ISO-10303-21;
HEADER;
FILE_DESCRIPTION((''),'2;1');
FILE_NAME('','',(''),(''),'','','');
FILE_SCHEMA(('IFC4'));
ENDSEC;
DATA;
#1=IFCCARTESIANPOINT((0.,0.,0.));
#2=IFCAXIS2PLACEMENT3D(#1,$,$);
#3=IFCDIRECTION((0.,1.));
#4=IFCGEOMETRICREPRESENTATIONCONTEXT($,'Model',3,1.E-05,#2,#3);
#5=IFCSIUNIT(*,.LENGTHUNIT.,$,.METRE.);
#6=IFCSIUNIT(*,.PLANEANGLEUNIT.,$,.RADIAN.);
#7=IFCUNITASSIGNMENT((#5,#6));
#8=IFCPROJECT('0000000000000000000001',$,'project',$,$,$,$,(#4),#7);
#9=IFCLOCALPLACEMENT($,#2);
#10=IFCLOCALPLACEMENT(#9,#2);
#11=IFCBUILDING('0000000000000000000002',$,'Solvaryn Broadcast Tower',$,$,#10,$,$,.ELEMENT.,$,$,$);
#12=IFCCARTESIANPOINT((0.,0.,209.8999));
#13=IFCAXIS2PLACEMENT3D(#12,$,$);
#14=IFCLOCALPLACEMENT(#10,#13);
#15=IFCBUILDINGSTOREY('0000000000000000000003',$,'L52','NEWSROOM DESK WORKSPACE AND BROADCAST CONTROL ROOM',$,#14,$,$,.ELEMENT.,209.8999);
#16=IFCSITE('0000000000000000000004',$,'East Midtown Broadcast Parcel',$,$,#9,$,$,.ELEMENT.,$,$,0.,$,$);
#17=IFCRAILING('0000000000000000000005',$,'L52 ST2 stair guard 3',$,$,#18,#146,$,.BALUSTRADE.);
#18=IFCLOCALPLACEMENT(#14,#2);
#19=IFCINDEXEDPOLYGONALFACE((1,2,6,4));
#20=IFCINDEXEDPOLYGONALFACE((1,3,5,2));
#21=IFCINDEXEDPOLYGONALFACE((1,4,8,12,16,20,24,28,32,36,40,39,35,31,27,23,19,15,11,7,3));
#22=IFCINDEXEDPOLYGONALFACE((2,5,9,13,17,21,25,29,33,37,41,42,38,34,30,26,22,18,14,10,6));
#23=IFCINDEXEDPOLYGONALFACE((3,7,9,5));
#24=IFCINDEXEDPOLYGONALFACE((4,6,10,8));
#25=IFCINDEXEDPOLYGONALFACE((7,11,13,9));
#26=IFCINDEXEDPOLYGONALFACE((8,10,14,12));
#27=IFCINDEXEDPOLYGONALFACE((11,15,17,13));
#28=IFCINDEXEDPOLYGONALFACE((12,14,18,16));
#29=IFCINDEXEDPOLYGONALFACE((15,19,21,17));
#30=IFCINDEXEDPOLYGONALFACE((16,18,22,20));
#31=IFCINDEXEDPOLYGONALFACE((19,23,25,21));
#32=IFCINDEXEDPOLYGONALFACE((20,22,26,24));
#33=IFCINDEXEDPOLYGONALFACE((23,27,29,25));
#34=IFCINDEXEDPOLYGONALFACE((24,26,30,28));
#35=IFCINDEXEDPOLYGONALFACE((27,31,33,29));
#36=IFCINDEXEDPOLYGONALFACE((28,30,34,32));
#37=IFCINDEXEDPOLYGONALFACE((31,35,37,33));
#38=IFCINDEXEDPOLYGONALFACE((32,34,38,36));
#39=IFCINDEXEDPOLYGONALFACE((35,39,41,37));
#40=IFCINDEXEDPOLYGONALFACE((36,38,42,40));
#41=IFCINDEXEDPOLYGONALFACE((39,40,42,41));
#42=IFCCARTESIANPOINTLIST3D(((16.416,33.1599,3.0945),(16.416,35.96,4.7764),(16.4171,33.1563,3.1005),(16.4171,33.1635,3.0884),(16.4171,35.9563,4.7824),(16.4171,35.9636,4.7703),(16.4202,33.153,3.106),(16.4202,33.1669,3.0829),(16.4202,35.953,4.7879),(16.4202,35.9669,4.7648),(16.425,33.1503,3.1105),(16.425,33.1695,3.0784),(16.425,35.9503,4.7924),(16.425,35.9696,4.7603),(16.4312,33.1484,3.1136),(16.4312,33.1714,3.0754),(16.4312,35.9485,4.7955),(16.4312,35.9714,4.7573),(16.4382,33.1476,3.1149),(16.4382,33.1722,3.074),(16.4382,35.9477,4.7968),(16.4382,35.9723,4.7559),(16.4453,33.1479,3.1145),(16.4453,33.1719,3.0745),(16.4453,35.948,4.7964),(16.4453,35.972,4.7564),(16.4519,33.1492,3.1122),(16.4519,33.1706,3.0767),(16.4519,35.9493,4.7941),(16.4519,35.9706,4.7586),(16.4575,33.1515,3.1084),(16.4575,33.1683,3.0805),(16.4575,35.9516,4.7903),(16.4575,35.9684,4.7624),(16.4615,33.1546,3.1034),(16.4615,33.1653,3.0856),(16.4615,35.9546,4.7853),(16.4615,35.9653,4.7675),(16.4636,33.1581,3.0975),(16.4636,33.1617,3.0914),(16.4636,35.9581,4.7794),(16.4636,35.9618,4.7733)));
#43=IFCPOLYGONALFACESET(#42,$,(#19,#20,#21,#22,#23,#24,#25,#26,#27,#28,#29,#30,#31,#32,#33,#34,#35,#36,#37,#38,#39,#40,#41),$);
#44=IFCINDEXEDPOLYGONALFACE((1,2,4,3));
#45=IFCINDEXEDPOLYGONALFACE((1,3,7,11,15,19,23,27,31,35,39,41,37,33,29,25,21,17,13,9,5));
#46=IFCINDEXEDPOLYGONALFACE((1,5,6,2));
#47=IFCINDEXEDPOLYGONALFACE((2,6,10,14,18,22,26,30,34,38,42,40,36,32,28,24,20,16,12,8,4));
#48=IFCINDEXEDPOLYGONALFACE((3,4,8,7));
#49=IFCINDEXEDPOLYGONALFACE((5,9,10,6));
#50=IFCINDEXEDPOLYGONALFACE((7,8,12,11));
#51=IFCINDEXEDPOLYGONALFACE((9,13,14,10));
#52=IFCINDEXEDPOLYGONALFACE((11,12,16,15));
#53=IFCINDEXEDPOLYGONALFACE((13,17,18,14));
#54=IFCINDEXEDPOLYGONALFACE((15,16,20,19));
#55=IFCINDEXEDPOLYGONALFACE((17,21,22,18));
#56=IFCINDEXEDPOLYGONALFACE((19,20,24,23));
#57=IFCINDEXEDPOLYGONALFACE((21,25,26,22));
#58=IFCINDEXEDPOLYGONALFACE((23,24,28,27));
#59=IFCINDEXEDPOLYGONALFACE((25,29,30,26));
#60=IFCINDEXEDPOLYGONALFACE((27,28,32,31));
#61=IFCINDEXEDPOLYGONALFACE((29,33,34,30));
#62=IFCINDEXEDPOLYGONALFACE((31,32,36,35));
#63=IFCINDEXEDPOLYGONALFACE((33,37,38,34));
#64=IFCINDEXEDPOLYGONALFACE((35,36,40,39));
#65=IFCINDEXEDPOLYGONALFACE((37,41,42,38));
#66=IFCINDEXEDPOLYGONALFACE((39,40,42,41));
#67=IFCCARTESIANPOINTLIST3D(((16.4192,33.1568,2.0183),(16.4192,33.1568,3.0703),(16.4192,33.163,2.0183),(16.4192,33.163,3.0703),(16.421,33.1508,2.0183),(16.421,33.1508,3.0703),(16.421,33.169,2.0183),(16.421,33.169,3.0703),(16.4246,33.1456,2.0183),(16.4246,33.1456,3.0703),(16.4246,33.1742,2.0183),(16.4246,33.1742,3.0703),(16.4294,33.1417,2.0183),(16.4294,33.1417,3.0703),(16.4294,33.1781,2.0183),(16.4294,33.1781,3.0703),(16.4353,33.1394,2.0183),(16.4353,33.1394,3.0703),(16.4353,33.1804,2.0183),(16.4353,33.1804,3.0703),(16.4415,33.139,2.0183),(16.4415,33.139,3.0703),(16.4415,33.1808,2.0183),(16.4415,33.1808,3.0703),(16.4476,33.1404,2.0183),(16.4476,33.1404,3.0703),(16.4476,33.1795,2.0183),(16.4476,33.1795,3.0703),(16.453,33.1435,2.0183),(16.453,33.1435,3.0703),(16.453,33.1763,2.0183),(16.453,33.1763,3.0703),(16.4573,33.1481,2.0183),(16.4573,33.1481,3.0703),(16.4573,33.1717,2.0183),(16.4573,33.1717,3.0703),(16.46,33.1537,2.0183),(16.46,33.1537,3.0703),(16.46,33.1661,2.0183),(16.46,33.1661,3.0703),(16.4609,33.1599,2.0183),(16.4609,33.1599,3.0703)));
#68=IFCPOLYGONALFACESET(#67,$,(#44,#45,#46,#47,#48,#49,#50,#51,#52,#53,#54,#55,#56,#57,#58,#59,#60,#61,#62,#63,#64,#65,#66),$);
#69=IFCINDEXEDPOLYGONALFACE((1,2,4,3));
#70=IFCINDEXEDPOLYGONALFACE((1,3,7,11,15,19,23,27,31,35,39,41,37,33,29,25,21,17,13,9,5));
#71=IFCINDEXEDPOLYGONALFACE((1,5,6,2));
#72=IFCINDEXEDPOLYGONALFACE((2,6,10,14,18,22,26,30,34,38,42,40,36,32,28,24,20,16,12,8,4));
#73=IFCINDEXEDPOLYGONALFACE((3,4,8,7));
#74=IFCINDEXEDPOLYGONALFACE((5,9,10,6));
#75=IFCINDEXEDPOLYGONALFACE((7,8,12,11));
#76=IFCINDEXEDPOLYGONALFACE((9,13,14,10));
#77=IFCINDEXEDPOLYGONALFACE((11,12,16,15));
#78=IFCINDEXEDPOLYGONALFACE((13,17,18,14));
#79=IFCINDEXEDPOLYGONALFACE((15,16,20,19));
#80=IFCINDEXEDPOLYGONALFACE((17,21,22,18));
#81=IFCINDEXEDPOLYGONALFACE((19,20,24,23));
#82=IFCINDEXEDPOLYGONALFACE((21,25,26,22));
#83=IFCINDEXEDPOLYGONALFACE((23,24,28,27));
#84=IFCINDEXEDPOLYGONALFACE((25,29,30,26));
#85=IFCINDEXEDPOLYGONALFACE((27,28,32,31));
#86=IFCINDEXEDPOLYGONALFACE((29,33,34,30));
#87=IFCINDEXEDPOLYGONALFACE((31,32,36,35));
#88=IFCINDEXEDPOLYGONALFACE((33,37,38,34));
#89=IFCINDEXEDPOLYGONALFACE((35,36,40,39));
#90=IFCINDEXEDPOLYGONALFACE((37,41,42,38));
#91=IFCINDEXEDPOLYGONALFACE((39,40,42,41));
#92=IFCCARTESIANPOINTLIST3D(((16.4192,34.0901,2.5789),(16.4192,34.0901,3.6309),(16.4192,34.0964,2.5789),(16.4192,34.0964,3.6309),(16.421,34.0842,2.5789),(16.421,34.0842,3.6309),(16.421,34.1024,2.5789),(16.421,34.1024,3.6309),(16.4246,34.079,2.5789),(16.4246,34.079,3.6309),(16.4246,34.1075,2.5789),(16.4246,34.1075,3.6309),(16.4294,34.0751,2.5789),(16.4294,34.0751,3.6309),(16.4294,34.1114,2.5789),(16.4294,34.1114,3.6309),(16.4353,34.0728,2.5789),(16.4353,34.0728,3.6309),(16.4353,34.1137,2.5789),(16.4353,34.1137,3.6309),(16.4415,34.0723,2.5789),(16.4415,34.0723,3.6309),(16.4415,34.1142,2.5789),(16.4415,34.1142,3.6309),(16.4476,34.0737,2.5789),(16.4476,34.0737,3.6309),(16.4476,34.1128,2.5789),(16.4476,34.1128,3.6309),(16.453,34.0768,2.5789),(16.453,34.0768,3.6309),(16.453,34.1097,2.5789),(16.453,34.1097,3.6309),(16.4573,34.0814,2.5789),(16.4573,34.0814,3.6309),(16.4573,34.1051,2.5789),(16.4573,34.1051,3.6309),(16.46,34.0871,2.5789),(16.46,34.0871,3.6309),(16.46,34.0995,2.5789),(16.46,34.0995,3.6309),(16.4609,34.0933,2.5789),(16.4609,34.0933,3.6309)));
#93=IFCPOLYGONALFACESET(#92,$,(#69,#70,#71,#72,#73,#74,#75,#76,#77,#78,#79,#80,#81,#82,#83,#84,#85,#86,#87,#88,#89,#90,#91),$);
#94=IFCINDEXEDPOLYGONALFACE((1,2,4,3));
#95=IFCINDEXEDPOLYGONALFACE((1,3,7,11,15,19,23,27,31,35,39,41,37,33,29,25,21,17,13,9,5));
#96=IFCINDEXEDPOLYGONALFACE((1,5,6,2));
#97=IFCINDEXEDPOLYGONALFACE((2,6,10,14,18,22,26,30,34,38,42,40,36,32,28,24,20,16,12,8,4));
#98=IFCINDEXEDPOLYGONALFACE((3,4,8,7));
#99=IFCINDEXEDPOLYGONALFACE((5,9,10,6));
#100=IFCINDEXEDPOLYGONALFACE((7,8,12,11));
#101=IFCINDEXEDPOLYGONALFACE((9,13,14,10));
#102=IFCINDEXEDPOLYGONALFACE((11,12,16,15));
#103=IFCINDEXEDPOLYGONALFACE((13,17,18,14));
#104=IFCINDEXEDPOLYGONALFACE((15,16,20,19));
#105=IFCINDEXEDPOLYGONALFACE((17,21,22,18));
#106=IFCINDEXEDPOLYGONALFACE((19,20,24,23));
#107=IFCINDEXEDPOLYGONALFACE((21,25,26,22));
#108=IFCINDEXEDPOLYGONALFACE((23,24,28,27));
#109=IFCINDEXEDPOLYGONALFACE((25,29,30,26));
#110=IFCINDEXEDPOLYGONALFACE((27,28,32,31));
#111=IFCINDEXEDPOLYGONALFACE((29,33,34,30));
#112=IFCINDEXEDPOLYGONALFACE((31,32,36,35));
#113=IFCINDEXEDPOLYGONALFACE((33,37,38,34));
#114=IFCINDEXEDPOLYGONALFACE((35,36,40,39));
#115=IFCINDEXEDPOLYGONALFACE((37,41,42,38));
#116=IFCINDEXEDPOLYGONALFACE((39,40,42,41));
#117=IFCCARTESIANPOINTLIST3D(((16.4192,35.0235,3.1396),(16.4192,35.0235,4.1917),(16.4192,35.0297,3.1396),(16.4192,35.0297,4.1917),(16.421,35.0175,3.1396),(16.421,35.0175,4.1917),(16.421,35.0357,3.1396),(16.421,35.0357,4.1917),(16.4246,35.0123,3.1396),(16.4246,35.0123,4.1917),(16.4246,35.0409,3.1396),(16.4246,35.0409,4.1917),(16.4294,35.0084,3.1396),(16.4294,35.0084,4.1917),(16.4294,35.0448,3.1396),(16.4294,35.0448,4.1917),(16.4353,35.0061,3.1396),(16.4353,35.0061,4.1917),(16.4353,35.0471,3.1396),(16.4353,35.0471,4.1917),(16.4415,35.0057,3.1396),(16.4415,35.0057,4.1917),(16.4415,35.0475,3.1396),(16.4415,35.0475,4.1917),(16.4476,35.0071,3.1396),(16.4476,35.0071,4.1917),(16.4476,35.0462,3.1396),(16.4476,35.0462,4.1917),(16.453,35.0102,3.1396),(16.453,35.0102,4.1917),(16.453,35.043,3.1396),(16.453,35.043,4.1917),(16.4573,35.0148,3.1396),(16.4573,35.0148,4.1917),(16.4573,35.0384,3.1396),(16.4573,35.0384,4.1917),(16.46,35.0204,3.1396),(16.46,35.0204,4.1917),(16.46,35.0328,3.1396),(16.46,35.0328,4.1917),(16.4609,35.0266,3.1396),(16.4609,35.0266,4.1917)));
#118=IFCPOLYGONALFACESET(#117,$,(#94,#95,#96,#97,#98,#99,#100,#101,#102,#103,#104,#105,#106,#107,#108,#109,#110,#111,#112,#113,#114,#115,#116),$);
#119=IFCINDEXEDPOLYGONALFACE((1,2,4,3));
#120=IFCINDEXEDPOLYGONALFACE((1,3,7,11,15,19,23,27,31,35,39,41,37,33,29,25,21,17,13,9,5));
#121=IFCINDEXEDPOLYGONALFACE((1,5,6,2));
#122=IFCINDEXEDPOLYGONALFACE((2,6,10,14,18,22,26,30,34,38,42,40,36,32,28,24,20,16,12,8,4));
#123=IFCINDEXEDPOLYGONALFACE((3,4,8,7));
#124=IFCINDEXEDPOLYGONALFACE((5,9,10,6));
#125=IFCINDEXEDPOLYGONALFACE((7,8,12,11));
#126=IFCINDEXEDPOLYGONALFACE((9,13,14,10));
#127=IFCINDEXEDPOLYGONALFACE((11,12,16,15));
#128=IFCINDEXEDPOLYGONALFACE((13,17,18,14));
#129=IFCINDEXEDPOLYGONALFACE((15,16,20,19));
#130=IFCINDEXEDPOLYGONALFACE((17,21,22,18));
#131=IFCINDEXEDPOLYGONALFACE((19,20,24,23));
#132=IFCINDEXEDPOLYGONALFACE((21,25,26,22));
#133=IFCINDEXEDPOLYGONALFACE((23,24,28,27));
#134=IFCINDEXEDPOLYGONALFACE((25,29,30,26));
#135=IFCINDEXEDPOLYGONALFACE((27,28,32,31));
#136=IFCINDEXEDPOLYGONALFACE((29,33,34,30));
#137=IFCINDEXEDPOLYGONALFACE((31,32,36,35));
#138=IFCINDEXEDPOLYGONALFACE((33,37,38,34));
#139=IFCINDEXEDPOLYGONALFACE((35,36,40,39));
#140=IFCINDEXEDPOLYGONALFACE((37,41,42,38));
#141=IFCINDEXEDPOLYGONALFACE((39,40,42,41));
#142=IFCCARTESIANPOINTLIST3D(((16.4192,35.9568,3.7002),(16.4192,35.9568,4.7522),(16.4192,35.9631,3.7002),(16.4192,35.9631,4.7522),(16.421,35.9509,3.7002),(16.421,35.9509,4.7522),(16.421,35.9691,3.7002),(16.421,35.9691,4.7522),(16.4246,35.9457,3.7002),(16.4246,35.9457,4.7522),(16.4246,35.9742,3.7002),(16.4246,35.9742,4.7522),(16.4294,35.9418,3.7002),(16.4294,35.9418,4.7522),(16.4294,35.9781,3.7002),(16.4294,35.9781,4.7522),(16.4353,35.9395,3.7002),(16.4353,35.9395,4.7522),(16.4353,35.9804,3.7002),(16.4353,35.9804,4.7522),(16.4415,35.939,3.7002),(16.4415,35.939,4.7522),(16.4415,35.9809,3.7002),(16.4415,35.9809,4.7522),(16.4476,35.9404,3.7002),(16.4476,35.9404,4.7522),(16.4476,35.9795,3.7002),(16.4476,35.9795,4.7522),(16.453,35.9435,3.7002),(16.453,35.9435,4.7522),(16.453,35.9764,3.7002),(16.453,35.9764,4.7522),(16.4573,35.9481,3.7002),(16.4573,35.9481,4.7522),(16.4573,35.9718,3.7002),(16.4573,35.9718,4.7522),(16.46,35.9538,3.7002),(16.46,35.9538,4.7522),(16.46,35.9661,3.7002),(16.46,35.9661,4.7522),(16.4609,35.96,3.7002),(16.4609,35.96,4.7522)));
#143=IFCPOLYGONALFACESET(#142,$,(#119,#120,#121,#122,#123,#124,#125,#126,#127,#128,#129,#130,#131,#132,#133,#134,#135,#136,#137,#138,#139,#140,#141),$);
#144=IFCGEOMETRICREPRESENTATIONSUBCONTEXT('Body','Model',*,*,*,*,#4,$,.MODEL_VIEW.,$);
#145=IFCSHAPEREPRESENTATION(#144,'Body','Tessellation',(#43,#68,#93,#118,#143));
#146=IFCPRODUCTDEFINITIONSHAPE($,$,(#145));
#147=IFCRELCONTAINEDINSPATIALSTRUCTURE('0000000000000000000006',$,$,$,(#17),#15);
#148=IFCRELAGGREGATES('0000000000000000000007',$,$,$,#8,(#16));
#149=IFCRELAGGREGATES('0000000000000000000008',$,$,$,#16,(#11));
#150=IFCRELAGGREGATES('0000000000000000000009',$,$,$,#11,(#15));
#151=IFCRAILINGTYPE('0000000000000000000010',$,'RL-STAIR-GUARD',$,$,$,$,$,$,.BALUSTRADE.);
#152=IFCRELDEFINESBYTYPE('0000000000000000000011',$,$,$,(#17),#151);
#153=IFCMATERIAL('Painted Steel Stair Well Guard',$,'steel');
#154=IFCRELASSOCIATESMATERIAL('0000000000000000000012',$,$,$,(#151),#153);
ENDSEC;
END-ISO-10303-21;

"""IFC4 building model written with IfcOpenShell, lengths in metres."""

from ifc_helpers import new_model, si_unit, direction, frame, origin, origin_2d, place, context, subcontext, project, spatial, circle, extrude, material, type_object, element, save


model = new_model("IFC4")

# Units and contexts
model_context = context("Model", 3, precision=1e-05, world=origin(), true_north=direction((0.0, 1.0)))
body_context = subcontext(model_context, "Body", "Model", "MODEL_VIEW")
ifc_project = project(units=[si_unit("LENGTHUNIT", "METRE"), si_unit("PLANEANGLEUNIT", "RADIAN")], contexts=[model_context])

# Site, building, storey
site_placement = place(None, origin())
site = spatial("IfcSite", under=ifc_project, at=site_placement, Name="East Midtown Broadcast Parcel", CompositionType="ELEMENT", RefElevation=0.0)
building_placement = place(site_placement, origin())
building = spatial("IfcBuilding", under=site, at=building_placement, Name="Solvaryn Broadcast Tower", CompositionType="ELEMENT")
storey_placement = place(building_placement, frame((0.0, 0.0, 209.8999)))
storey = spatial("IfcBuildingStorey", under=building, at=storey_placement, Name="L52", Description="NEWSROOM DESK WORKSPACE AND BROADCAST CONTROL ROOM", CompositionType="ELEMENT", Elevation=209.8999)

# Railing
ifc_material_1 = material(Name="Painted Steel Stair Well Guard", Category="steel")
railing_type_1 = type_object("IfcRailingType", Name="RL-STAIR-GUARD", PredefinedType="BALUSTRADE", material=ifc_material_1)
railing_1_placement = place(storey_placement, frame((16.4399, 33.1599, 2.0183)))
element("IfcRailing", 1, at=railing_1_placement, inside=storey, type_object=railing_type_1, Name="L52 ST2 stair guard 3", PredefinedType="BALUSTRADE", context=body_context, shape_type="SweptSolid", body=[
    extrude(circle(Radius=0.0239, at=origin_2d()), frame((0.0, 0.0, 1.0762), z_axis=(0.0, 0.857242, 0.514913), x_axis=(-1.0, 0.0, 0.0)), (0.0, 0.0, 1.0), 3.2664),
    extrude(circle(Radius=0.021, at=origin_2d()), origin(), (0.0, 0.0, 1.0), 1.052),
    extrude(circle(Radius=0.021, at=origin_2d()), frame((0.0, 0.9333, 0.5605)), (0.0, 0.0, 1.0), 1.052),
    extrude(circle(Radius=0.021, at=origin_2d()), frame((0.0, 1.8667, 1.1213)), (0.0, 0.0, 1.0), 1.052),
    extrude(circle(Radius=0.021, at=origin_2d()), frame((0.0, 2.8, 1.6819)), (0.0, 0.0, 1.0), 1.052),
])

save(model, "model.ifc")
